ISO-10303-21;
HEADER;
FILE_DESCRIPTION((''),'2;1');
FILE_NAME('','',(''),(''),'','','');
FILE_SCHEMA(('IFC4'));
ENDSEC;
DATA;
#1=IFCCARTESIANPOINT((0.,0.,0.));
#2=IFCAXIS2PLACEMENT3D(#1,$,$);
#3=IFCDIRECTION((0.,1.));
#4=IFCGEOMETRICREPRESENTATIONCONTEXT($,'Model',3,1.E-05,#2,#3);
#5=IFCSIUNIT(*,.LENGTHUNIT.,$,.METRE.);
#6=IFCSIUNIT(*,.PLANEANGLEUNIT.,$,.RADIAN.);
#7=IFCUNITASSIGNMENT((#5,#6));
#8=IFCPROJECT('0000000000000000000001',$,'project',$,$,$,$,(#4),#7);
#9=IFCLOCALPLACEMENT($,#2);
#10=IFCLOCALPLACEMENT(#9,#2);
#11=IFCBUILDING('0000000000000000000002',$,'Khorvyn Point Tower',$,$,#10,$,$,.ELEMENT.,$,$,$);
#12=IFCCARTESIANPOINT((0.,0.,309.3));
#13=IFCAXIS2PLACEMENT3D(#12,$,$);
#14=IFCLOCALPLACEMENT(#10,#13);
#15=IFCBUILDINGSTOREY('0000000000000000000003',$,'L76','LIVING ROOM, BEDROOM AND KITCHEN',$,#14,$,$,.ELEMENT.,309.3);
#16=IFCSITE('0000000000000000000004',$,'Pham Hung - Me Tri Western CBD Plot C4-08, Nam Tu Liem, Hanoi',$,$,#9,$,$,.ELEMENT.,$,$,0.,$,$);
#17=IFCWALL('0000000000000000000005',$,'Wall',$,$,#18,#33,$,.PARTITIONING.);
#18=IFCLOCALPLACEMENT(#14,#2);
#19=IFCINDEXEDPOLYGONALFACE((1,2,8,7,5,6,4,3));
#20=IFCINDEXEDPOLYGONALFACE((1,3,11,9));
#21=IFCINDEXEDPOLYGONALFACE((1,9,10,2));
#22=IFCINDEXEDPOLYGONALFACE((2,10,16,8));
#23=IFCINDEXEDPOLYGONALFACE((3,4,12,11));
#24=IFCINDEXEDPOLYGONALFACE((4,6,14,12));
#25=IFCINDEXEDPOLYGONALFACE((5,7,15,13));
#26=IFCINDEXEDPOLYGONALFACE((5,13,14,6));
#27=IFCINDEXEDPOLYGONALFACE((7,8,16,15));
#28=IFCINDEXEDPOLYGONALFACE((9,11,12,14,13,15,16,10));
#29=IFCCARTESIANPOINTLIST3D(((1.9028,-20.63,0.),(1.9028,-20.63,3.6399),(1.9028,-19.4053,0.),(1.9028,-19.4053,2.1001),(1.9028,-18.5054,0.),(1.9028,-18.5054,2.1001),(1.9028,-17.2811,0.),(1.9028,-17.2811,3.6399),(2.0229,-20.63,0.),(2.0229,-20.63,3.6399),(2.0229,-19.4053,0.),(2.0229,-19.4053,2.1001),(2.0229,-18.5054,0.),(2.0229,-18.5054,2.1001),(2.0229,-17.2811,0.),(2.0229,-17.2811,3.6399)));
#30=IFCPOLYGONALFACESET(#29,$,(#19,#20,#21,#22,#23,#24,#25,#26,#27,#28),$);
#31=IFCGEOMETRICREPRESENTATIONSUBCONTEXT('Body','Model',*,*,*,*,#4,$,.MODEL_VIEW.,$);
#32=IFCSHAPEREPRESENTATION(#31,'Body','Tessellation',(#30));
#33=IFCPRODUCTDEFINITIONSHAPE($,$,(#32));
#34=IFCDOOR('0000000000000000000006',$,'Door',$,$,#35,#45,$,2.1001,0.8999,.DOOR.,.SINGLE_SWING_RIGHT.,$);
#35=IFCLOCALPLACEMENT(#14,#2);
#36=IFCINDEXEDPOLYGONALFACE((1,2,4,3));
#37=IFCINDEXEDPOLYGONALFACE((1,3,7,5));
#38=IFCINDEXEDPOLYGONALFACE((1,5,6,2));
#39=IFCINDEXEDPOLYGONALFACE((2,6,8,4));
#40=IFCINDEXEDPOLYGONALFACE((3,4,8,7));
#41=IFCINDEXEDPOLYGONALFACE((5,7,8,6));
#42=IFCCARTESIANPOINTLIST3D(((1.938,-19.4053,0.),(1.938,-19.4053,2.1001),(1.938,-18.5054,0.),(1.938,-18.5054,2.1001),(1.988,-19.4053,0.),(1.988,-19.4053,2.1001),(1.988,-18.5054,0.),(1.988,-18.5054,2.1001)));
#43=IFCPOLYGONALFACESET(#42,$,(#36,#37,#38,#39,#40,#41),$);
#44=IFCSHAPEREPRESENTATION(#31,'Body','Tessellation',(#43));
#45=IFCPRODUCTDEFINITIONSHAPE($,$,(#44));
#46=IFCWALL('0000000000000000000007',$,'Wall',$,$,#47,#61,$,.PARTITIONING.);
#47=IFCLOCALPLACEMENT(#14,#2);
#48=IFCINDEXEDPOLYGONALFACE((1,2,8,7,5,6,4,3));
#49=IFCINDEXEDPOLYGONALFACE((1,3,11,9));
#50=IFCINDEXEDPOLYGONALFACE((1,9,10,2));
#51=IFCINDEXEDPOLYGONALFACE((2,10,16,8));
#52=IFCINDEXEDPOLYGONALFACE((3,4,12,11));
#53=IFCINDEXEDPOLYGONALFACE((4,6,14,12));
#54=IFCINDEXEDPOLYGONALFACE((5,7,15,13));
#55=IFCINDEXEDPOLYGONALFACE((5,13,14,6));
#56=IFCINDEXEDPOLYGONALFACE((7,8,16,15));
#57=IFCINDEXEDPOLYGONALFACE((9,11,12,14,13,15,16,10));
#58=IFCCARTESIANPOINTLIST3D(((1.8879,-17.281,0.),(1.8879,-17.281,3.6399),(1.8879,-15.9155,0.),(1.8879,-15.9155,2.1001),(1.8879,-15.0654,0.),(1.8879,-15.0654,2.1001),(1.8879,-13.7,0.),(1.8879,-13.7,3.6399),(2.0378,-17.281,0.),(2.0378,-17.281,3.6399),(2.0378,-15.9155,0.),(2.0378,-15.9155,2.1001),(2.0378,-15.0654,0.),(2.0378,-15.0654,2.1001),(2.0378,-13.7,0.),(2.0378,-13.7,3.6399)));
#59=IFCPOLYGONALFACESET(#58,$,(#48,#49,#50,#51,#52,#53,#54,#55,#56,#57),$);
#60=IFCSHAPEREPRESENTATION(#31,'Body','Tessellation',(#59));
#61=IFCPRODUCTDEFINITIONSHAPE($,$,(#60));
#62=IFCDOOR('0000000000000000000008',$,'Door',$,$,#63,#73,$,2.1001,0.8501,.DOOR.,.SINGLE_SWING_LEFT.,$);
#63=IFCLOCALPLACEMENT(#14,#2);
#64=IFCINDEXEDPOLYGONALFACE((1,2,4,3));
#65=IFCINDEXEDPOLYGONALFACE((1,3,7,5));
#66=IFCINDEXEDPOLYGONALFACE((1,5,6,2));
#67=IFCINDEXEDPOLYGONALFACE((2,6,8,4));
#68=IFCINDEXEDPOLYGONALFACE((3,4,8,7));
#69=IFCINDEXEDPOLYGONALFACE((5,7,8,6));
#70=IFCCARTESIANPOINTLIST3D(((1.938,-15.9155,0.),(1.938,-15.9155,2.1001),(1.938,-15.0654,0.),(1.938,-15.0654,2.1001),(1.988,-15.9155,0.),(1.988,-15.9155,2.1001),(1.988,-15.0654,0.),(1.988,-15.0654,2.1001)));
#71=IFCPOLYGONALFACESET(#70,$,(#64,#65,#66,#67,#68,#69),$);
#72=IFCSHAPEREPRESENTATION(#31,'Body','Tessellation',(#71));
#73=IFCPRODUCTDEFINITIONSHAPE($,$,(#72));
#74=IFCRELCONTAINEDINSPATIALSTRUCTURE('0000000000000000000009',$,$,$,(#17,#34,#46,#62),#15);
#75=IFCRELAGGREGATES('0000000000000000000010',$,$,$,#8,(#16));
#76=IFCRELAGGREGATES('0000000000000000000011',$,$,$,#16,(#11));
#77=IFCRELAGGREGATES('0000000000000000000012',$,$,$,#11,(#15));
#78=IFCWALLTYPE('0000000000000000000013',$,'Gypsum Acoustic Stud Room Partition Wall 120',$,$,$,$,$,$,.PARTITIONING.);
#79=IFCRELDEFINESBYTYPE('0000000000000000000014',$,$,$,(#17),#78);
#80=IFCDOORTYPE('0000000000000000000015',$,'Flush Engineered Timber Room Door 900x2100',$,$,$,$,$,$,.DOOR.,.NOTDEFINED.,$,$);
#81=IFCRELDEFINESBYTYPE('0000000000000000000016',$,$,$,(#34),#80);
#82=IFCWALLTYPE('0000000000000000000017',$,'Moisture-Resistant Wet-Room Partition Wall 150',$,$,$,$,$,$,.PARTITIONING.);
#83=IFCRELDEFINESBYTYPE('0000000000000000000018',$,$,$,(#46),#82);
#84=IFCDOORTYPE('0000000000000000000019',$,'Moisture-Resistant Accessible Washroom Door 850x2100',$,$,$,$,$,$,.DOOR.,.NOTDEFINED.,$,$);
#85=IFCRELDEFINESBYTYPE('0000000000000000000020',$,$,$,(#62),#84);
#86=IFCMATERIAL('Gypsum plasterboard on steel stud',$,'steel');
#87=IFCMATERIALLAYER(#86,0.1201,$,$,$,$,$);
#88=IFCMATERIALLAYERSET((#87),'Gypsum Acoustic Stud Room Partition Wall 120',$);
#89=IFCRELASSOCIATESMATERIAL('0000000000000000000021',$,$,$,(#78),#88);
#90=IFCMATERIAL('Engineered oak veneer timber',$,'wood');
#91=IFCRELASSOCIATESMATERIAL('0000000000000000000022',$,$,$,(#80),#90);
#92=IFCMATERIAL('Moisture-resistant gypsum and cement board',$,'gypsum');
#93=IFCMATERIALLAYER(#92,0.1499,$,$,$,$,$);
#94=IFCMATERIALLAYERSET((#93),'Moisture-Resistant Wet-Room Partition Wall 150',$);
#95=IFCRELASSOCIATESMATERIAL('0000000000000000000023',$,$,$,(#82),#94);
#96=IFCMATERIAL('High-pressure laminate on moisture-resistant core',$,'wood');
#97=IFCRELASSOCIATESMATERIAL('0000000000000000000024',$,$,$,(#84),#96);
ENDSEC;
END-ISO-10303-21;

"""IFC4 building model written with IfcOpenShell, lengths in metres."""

from ifc_helpers import new_model, si_unit, direction, frame, frame_2d, origin, place, context, subcontext, project, spatial, rectangle, extrude, material, layer, layer_set, type_object, element, fill, save


model = new_model("IFC4")

# Units and contexts
model_context = context("Model", 3, precision=1e-05, world=origin(), true_north=direction((0.0, 1.0)))
body_context = subcontext(model_context, "Body", "Model", "MODEL_VIEW")
ifc_project = project(units=[si_unit("LENGTHUNIT", "METRE"), si_unit("PLANEANGLEUNIT", "RADIAN")], contexts=[model_context])

# Site, building, storey
site_placement = place(None, origin())
site = spatial("IfcSite", under=ifc_project, at=site_placement, Name="Pham Hung - Me Tri Western CBD Plot C4-08, Nam Tu Liem, Hanoi", CompositionType="ELEMENT", RefElevation=0.0)
building_placement = place(site_placement, origin())
building = spatial("IfcBuilding", under=site, at=building_placement, Name="Khorvyn Point Tower", CompositionType="ELEMENT")
storey_placement = place(building_placement, frame((0.0, 0.0, 309.3)))
storey = spatial("IfcBuildingStorey", under=building, at=storey_placement, Name="L76", Description="LIVING ROOM, BEDROOM AND KITCHEN", CompositionType="ELEMENT", Elevation=309.3)

# Walls, openings, doors
ifc_material_1 = material(Name="Gypsum plasterboard on steel stud", Category="steel")
ifc_layer_1 = layer(ifc_material_1, 0.1201)
ifc_layer_set_1 = layer_set([ifc_layer_1], Name="Gypsum Acoustic Stud Room Partition Wall 120")
wall_type_1 = type_object("IfcWallType", Name="Gypsum Acoustic Stud Room Partition Wall 120", PredefinedType="PARTITIONING", material=ifc_layer_set_1)
wall_1_placement = place(storey_placement, frame((1.9629, -20.6299, 0.0), z_axis=(0.0, 0.0, 1.0), x_axis=(0.0, 1.0, 0.0)))
wall_1 = element("IfcWall", 1, at=wall_1_placement, inside=storey, type_object=wall_type_1, Name="Wall", PredefinedType="PARTITIONING", context=body_context, shape_type="SweptSolid", body=[
    extrude(rectangle(XDim=3.3489, YDim=0.1201, at=frame_2d((1.6743, 0.0))), origin(), (0.0, 0.0, 1.0), 3.6399),
])
opening_1_placement = place(wall_1_placement, frame((1.2246, 0.0, 0.0)))
opening_1 = element("IfcOpeningElement", 2, at=opening_1_placement, cuts=wall_1, PredefinedType="OPENING", context=body_context, shape_type="SweptSolid", body=[
    extrude(rectangle(XDim=0.8999, YDim=2.1001, at=frame_2d((0.45, 1.05))), frame((0.0, 0.0701, 0.0), z_axis=(0.0, -1.0, 0.0), x_axis=(1.0, 0.0, 0.0)), (0.0, 0.0, 1.0), 0.1401),
])
ifc_material_2 = material(Name="Engineered oak veneer timber", Category="wood")
door_type_1 = type_object("IfcDoorType", Name="Flush Engineered Timber Room Door 900x2100", OperationType="NOTDEFINED", PredefinedType="DOOR", material=ifc_material_2)
door_1_placement = place(opening_1_placement, origin())
door_1 = element("IfcDoor", 3, at=door_1_placement, inside=storey, type_object=door_type_1, Name="Door", OperationType="SINGLE_SWING_RIGHT", OverallHeight=2.1001, OverallWidth=0.8999, PredefinedType="DOOR", context=body_context, shape_type="SweptSolid", body=[
    extrude(rectangle(XDim=0.8999, YDim=2.1001, at=frame_2d((0.45, 1.05))), frame((0.0, 0.0249, 0.0), z_axis=(0.0, -1.0, 0.0), x_axis=(1.0, 0.0, 0.0)), (0.0, 0.0, 1.0), 0.05),
])
fill(opening_1, door_1)
ifc_material_3 = material(Name="Moisture-resistant gypsum and cement board", Category="gypsum")
ifc_layer_2 = layer(ifc_material_3, 0.1499)
ifc_layer_set_2 = layer_set([ifc_layer_2], Name="Moisture-Resistant Wet-Room Partition Wall 150")
wall_type_2 = type_object("IfcWallType", Name="Moisture-Resistant Wet-Room Partition Wall 150", PredefinedType="PARTITIONING", material=ifc_layer_set_2)
wall_2_placement = place(storey_placement, frame((1.9629, -17.281, 0.0), z_axis=(0.0, 0.0, 1.0), x_axis=(0.0, 1.0, 0.0)))
wall_2 = element("IfcWall", 4, at=wall_2_placement, inside=storey, type_object=wall_type_2, Name="Wall", PredefinedType="PARTITIONING", context=body_context, shape_type="SweptSolid", body=[
    extrude(rectangle(XDim=3.5811, YDim=0.1499, at=frame_2d((1.7905, 0.0))), origin(), (0.0, 0.0, 1.0), 3.6399),
])
opening_2_placement = place(wall_2_placement, frame((1.3655, 0.0, 0.0)))
opening_2 = element("IfcOpeningElement", 5, at=opening_2_placement, cuts=wall_2, PredefinedType="OPENING", context=body_context, shape_type="SweptSolid", body=[
    extrude(rectangle(XDim=0.8501, YDim=2.1001, at=frame_2d((0.425, 1.05))), frame((0.0, 0.085, 0.0), z_axis=(0.0, -1.0, 0.0), x_axis=(1.0, 0.0, 0.0)), (0.0, 0.0, 1.0), 0.1699),
])
ifc_material_4 = material(Name="High-pressure laminate on moisture-resistant core", Category="wood")
door_type_2 = type_object("IfcDoorType", Name="Moisture-Resistant Accessible Washroom Door 850x2100", OperationType="NOTDEFINED", PredefinedType="DOOR", material=ifc_material_4)
door_2_placement = place(opening_2_placement, origin())
door_2 = element("IfcDoor", 6, at=door_2_placement, inside=storey, type_object=door_type_2, Name="Door", OperationType="SINGLE_SWING_LEFT", OverallHeight=2.1001, OverallWidth=0.8501, PredefinedType="DOOR", context=body_context, shape_type="SweptSolid", body=[
    extrude(rectangle(XDim=0.8501, YDim=2.1001, at=frame_2d((0.425, 1.05))), frame((0.0, 0.0249, 0.0), z_axis=(0.0, -1.0, 0.0), x_axis=(1.0, 0.0, 0.0)), (0.0, 0.0, 1.0), 0.05),
])
fill(opening_2, door_2)

save(model, "model.ifc")
